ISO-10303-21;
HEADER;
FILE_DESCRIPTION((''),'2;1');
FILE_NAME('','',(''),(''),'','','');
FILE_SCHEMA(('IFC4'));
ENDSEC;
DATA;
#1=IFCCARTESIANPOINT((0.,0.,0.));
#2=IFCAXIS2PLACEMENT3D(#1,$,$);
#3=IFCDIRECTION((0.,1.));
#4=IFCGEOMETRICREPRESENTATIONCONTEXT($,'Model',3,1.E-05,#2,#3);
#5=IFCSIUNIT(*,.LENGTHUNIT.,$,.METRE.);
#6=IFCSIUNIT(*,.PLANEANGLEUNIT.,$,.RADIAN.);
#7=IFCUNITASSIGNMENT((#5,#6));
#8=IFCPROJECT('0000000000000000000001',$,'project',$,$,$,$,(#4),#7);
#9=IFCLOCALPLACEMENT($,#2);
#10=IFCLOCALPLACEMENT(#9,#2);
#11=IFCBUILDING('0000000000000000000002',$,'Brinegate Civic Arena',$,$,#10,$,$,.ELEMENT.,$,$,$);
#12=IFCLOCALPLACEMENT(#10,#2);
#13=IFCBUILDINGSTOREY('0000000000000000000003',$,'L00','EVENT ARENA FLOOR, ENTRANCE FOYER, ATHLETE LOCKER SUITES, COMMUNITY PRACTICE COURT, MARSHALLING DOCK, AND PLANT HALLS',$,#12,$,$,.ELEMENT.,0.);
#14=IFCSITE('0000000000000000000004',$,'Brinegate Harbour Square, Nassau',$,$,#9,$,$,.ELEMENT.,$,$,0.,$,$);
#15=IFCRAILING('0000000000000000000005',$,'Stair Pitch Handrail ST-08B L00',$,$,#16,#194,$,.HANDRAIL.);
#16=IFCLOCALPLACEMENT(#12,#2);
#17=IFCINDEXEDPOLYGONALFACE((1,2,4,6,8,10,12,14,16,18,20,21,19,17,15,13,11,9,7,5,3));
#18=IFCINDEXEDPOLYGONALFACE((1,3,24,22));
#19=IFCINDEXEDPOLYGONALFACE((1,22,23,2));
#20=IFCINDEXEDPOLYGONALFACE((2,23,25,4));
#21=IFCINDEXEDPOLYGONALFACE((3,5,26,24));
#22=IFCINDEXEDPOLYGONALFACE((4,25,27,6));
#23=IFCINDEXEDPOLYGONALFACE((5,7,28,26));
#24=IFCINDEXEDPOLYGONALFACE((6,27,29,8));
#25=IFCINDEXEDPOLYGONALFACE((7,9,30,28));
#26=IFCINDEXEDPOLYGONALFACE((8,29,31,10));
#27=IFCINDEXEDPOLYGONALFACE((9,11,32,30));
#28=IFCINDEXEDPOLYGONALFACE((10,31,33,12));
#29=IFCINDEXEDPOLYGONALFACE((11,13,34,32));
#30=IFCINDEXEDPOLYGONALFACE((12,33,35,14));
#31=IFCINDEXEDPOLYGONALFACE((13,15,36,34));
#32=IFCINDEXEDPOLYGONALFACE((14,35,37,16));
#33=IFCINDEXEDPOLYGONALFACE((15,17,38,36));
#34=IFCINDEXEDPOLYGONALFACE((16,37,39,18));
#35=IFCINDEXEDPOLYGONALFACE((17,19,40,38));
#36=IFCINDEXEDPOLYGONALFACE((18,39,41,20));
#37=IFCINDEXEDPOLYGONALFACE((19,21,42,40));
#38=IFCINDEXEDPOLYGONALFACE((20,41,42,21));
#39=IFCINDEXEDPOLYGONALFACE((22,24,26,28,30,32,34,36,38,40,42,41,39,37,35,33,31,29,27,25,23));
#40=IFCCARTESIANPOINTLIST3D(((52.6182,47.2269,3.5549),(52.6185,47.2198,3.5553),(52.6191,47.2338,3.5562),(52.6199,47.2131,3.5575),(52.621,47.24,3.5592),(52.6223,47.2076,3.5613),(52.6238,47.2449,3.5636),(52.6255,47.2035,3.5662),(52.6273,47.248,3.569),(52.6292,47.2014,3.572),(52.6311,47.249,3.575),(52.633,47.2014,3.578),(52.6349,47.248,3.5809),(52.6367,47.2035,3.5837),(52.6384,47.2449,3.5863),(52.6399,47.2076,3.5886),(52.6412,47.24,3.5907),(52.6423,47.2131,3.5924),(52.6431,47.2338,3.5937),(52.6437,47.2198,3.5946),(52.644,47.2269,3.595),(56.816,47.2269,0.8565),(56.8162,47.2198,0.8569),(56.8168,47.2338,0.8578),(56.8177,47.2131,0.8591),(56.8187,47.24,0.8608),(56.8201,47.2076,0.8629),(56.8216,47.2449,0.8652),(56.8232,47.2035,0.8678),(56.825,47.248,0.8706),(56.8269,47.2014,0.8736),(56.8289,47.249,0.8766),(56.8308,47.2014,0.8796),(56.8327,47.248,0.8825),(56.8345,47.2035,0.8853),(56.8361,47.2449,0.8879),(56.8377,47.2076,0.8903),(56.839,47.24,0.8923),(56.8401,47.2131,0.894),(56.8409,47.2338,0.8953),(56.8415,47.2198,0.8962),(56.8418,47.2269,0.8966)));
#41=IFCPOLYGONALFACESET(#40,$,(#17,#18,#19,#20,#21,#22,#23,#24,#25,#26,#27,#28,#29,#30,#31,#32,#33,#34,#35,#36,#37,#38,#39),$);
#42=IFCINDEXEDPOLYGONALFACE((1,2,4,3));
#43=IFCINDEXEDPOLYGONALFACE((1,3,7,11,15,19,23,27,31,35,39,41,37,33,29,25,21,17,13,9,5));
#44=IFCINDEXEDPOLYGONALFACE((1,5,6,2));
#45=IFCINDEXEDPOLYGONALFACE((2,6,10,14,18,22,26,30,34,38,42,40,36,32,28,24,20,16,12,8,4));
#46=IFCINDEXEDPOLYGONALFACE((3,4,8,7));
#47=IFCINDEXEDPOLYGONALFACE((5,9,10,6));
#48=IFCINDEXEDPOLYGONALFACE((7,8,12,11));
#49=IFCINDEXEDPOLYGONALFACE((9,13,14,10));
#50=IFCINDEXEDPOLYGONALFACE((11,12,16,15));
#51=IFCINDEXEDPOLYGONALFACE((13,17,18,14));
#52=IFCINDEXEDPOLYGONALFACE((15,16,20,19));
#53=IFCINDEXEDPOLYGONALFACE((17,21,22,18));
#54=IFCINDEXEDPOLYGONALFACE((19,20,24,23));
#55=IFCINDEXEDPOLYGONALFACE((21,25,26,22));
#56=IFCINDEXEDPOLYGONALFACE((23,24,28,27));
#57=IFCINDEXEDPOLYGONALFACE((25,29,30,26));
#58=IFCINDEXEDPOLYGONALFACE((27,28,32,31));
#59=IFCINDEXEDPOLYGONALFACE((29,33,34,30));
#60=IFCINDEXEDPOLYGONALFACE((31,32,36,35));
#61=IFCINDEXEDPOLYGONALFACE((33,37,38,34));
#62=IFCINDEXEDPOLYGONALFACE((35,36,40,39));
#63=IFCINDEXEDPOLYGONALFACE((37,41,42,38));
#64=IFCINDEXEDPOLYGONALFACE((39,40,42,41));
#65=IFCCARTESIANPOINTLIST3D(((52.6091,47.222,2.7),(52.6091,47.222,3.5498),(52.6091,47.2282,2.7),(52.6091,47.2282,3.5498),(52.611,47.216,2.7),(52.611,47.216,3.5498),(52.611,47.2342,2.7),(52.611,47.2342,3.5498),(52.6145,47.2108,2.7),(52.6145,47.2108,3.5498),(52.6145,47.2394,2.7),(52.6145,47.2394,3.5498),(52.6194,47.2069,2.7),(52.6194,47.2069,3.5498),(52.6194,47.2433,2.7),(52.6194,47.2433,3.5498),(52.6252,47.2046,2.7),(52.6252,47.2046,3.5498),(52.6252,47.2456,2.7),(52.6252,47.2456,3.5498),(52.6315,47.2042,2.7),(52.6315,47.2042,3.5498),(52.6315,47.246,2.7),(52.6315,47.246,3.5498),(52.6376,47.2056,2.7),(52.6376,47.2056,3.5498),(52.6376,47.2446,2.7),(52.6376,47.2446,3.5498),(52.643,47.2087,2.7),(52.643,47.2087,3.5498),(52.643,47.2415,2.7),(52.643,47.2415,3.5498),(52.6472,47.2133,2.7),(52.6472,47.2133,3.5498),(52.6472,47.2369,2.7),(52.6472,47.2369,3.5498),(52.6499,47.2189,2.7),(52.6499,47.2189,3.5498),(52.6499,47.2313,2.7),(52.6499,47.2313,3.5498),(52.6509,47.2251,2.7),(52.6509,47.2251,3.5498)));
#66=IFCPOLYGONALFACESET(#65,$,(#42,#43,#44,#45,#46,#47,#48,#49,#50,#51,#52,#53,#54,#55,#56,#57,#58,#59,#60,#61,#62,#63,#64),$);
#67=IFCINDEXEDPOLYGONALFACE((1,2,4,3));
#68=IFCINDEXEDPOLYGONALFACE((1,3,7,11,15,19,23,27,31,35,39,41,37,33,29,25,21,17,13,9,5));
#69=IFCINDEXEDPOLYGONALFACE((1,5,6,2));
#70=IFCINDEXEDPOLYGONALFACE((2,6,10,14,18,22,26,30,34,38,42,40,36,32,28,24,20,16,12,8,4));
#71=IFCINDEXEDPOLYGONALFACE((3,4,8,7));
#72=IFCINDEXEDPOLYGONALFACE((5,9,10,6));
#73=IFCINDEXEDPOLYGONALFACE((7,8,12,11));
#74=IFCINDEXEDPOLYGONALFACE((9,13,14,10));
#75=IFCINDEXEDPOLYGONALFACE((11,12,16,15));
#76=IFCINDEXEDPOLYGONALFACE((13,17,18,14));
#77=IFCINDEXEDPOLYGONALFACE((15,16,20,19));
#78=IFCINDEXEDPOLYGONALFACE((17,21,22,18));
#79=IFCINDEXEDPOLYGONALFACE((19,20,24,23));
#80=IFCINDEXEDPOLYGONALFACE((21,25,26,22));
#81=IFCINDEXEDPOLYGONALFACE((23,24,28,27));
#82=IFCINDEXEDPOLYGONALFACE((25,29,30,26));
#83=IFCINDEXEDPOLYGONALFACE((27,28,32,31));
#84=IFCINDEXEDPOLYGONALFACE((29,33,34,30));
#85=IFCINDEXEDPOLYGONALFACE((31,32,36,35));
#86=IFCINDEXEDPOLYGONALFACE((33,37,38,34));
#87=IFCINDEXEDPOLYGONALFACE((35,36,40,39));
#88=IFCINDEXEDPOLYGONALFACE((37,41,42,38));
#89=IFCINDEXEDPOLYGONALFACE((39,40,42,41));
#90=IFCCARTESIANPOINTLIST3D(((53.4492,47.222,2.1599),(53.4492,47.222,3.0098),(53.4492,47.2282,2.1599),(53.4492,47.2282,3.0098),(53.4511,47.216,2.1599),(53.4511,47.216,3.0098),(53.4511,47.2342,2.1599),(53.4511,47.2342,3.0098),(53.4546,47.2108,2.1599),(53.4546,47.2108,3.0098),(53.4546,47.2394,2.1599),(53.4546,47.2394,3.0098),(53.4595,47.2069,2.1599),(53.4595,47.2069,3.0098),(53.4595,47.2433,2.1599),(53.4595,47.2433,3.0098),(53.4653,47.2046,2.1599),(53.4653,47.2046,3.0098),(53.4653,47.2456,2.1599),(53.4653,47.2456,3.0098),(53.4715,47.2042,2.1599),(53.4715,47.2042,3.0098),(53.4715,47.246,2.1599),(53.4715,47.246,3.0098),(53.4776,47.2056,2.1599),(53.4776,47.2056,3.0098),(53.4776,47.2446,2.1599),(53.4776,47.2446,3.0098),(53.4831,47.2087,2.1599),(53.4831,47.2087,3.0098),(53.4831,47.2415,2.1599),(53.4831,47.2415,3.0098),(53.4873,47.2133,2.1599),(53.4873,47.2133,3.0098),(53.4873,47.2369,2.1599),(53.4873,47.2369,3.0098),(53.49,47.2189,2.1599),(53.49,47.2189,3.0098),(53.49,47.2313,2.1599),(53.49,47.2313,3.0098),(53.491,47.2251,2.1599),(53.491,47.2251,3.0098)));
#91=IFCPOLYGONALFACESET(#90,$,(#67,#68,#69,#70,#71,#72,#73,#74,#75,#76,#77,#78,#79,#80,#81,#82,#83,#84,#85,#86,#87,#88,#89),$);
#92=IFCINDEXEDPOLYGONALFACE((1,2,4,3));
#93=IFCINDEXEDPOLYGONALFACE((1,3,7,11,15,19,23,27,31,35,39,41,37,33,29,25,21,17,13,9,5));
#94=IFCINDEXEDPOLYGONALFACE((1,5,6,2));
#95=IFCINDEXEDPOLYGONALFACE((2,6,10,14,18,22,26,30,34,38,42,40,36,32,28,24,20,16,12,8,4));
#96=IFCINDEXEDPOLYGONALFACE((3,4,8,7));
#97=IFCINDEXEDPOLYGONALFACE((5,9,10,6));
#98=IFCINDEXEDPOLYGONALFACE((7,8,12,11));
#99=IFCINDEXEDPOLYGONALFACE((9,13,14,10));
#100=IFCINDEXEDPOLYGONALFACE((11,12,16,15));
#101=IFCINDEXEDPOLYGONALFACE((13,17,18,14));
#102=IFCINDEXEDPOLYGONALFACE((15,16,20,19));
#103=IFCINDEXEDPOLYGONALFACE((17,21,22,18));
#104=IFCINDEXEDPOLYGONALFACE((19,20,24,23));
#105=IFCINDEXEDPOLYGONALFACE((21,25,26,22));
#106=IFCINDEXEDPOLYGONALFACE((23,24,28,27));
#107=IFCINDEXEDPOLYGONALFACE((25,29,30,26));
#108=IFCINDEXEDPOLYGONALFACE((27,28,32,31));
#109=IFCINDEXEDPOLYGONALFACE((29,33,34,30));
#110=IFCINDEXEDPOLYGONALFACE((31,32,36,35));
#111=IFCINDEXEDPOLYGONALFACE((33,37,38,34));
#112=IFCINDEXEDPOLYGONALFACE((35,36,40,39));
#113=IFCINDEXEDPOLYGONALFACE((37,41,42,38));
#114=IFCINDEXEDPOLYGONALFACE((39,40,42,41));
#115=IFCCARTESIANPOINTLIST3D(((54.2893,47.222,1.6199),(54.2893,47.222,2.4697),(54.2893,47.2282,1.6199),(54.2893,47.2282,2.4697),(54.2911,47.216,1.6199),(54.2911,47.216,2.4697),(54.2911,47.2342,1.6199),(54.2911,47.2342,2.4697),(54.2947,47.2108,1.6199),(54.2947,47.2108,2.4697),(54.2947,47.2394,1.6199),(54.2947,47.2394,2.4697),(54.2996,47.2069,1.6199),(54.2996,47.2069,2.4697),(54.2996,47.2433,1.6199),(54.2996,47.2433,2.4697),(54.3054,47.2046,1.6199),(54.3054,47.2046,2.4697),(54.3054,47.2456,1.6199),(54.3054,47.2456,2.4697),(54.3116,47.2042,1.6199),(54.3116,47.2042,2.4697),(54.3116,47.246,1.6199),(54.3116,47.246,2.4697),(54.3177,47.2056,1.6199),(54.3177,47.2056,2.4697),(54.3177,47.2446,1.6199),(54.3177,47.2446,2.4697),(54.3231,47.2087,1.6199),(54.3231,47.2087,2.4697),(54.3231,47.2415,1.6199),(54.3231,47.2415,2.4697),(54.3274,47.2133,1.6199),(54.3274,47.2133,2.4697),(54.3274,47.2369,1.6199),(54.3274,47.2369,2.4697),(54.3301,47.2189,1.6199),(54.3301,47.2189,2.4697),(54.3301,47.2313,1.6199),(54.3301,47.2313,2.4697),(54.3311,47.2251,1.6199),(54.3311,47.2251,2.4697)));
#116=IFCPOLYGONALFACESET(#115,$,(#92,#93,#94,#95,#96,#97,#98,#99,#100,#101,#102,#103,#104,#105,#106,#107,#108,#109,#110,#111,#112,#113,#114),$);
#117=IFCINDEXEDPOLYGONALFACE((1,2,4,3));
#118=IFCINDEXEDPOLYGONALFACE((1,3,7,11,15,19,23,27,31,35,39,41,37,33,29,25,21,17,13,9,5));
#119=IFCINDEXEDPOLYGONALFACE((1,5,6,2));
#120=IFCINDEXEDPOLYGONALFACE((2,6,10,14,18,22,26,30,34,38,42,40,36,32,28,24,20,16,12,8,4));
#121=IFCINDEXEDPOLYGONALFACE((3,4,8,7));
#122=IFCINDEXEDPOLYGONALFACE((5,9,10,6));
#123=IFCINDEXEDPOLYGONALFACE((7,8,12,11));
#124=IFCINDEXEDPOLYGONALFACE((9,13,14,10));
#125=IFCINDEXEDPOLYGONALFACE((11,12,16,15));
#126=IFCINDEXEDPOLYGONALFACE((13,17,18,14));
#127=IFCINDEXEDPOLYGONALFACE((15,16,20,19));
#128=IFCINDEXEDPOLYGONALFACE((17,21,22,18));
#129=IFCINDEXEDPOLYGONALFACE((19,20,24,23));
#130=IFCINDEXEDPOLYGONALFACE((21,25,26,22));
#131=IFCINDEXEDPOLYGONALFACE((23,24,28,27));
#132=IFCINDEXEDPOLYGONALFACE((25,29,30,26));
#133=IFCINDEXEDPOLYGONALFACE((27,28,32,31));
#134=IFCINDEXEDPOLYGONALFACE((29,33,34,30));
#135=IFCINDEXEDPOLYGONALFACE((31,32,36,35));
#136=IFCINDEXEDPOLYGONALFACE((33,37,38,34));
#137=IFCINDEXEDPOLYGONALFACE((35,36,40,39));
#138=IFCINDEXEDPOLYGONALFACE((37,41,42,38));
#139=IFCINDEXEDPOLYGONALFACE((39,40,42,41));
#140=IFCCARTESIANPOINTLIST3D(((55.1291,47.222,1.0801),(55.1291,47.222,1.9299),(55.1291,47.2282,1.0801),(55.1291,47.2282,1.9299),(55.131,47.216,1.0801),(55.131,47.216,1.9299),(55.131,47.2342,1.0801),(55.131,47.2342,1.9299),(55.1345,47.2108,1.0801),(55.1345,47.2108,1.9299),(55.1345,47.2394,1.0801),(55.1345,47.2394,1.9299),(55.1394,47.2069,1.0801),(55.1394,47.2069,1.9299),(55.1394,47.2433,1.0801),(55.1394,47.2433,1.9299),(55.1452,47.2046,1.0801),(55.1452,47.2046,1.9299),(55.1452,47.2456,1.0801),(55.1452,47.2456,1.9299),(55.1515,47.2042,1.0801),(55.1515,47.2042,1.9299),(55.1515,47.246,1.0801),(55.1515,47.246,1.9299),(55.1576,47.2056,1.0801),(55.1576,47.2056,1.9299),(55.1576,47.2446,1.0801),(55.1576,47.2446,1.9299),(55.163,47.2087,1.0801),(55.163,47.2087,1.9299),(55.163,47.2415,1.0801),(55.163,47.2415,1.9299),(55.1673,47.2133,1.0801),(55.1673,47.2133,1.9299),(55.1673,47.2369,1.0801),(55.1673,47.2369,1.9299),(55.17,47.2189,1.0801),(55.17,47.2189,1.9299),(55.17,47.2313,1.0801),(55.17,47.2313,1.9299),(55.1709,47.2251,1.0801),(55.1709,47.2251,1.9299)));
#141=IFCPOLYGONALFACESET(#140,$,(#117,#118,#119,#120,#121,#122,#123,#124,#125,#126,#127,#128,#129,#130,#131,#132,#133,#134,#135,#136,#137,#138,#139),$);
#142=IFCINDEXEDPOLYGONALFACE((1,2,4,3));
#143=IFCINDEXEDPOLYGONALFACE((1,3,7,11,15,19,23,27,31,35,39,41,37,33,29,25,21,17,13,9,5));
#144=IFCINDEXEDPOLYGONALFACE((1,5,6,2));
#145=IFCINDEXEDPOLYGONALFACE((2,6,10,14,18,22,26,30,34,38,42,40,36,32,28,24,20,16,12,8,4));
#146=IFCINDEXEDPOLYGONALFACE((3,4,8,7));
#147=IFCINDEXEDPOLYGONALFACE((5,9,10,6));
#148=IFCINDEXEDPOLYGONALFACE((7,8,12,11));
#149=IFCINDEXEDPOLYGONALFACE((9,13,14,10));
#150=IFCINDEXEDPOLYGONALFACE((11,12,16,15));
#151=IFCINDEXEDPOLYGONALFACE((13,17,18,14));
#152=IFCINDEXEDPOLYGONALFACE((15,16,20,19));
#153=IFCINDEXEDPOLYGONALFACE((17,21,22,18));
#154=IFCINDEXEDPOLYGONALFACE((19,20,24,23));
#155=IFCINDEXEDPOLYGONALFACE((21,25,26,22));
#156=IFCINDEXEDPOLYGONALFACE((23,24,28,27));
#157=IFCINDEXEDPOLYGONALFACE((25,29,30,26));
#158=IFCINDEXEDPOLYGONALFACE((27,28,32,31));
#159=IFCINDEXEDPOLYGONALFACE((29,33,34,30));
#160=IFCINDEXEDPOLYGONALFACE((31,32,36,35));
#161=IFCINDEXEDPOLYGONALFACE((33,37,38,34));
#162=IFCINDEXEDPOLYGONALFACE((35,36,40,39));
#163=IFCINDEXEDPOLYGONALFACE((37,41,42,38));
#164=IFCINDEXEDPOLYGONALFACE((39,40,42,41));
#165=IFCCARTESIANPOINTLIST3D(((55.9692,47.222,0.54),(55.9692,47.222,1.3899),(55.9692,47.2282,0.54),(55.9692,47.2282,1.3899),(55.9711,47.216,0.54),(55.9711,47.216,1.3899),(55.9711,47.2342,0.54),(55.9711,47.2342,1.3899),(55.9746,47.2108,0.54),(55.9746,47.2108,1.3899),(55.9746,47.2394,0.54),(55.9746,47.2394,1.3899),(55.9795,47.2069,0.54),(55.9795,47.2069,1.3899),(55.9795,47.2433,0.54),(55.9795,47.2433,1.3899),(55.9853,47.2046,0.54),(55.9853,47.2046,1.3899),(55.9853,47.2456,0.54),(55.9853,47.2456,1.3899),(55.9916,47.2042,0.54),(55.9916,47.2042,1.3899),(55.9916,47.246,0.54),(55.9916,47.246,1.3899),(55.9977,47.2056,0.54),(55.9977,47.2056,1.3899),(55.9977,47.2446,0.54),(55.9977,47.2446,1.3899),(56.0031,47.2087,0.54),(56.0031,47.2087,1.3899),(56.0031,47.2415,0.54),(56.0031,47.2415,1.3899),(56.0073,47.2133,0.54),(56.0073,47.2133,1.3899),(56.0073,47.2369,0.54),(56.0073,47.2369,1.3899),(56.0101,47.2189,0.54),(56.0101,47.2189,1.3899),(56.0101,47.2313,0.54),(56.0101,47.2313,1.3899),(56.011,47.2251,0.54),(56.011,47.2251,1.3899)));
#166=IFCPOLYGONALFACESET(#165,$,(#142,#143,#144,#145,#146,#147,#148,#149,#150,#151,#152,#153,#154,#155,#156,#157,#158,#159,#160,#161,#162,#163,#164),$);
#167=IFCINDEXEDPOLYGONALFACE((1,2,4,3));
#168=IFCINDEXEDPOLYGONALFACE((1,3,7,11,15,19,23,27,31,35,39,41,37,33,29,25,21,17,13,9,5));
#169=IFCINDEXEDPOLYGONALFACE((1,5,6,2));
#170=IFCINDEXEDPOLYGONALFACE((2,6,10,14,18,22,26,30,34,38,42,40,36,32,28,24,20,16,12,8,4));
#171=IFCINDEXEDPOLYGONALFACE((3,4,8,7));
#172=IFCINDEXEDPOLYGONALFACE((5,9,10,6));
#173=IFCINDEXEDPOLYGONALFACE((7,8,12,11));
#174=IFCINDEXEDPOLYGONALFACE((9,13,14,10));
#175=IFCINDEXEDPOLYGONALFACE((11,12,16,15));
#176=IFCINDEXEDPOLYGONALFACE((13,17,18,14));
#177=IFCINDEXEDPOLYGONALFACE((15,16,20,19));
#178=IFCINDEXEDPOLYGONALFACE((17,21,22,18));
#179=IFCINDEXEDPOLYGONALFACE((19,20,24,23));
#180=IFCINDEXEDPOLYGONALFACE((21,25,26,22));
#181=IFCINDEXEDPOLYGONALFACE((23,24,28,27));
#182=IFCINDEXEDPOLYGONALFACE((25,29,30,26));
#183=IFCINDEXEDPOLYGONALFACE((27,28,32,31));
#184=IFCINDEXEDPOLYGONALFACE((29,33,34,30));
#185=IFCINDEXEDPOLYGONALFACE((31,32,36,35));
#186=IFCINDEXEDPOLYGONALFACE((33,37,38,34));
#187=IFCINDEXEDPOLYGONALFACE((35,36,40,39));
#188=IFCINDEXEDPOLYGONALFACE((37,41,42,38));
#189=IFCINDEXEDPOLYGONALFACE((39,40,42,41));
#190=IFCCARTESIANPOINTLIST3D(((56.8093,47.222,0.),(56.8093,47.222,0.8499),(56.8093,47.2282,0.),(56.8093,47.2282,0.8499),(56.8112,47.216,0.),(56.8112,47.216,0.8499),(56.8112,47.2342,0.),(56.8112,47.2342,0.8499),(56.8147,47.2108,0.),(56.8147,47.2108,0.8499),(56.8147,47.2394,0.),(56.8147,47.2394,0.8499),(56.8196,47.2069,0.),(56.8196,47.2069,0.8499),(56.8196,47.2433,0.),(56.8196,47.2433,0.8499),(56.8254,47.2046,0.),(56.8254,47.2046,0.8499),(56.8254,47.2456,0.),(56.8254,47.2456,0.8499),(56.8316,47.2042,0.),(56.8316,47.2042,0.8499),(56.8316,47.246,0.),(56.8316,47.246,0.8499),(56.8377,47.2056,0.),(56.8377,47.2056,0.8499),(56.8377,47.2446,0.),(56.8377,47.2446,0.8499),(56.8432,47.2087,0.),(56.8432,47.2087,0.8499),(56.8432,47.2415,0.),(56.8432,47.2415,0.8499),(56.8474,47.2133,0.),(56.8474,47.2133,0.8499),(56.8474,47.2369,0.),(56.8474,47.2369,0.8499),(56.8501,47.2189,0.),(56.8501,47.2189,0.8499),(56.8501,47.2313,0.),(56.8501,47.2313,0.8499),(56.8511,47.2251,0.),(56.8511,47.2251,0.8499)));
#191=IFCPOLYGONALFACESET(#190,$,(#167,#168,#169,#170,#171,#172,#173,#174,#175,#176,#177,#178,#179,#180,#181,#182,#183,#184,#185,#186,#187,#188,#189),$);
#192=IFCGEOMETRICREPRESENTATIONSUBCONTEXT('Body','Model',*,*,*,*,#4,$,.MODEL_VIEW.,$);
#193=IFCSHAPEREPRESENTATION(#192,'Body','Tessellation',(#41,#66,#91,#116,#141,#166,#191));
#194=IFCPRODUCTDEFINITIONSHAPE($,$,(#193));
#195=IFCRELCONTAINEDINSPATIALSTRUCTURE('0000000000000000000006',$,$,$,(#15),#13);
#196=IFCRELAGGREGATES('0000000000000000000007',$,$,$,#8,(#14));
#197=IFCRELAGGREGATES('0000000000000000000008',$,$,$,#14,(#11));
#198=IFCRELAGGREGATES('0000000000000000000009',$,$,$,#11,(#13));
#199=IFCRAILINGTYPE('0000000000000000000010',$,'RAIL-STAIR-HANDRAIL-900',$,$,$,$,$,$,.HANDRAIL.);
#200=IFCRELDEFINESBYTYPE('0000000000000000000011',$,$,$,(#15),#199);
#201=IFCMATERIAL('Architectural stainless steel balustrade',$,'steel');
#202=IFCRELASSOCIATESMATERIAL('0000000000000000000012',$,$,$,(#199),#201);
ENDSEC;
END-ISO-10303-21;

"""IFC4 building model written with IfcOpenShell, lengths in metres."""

from ifc_helpers import new_model, si_unit, direction, frame, origin, origin_2d, place, context, subcontext, project, spatial, circle, extrude, material, type_object, element, save


model = new_model("IFC4")

# Units and contexts
model_context = context("Model", 3, precision=1e-05, world=origin(), true_north=direction((0.0, 1.0)))
body_context = subcontext(model_context, "Body", "Model", "MODEL_VIEW")
ifc_project = project(units=[si_unit("LENGTHUNIT", "METRE"), si_unit("PLANEANGLEUNIT", "RADIAN")], contexts=[model_context])

# Site, building, storey
site_placement = place(None, origin())
site = spatial("IfcSite", under=ifc_project, at=site_placement, Name="Brinegate Harbour Square, Nassau", CompositionType="ELEMENT", RefElevation=0.0)
building_placement = place(site_placement, origin())
building = spatial("IfcBuilding", under=site, at=building_placement, Name="Brinegate Civic Arena", CompositionType="ELEMENT")
storey_placement = place(building_placement, origin())
storey = spatial("IfcBuildingStorey", under=building, at=storey_placement, Name="L00", Description="EVENT ARENA FLOOR, ENTRANCE FOYER, ATHLETE LOCKER SUITES, COMMUNITY PRACTICE COURT, MARSHALLING DOCK, AND PLANT HALLS", CompositionType="ELEMENT", Elevation=0.0)

# Railing
ifc_material_1 = material(Name="Architectural stainless steel balustrade", Category="steel")
railing_type = type_object("IfcRailingType", Name="RAIL-STAIR-HANDRAIL-900", PredefinedType="HANDRAIL", material=ifc_material_1)
for number, where, name in (
    (1, (52.6299, 47.2251, 2.7), "Stair Pitch Handrail ST-08B L00"),
):
    element("IfcRailing", number, at=place(storey_placement, frame(where)), inside=storey, type_object=railing_type, Name=name, PredefinedType="HANDRAIL", context=body_context, shape_type="SweptSolid", body=[
        extrude(circle(Radius=0.0239, at=origin_2d()), frame((0.0012, 0.0, 0.875), z_axis=(0.841194, 0.0, -0.540733), x_axis=(0.0, 1.0, 0.0)), (0.0, 0.0, 1.0), 4.9902),
        extrude(circle(Radius=0.021, at=origin_2d()), origin(), (0.0, 0.0, 1.0), 0.8499),
        extrude(circle(Radius=0.021, at=origin_2d()), frame((0.8401, 0.0, -0.54)), (0.0, 0.0, 1.0), 0.8499),
        extrude(circle(Radius=0.021, at=origin_2d()), frame((1.6802, 0.0, -1.0801)), (0.0, 0.0, 1.0), 0.8499),
        extrude(circle(Radius=0.021, at=origin_2d()), frame((2.52, 0.0, -1.6199)), (0.0, 0.0, 1.0), 0.8499),
        extrude(circle(Radius=0.021, at=origin_2d()), frame((3.3601, 0.0, -2.1599)), (0.0, 0.0, 1.0), 0.8499),
        extrude(circle(Radius=0.021, at=origin_2d()), frame((4.2002, 0.0, -2.7)), (0.0, 0.0, 1.0), 0.8499),
    ])

save(model, "model.ifc")
